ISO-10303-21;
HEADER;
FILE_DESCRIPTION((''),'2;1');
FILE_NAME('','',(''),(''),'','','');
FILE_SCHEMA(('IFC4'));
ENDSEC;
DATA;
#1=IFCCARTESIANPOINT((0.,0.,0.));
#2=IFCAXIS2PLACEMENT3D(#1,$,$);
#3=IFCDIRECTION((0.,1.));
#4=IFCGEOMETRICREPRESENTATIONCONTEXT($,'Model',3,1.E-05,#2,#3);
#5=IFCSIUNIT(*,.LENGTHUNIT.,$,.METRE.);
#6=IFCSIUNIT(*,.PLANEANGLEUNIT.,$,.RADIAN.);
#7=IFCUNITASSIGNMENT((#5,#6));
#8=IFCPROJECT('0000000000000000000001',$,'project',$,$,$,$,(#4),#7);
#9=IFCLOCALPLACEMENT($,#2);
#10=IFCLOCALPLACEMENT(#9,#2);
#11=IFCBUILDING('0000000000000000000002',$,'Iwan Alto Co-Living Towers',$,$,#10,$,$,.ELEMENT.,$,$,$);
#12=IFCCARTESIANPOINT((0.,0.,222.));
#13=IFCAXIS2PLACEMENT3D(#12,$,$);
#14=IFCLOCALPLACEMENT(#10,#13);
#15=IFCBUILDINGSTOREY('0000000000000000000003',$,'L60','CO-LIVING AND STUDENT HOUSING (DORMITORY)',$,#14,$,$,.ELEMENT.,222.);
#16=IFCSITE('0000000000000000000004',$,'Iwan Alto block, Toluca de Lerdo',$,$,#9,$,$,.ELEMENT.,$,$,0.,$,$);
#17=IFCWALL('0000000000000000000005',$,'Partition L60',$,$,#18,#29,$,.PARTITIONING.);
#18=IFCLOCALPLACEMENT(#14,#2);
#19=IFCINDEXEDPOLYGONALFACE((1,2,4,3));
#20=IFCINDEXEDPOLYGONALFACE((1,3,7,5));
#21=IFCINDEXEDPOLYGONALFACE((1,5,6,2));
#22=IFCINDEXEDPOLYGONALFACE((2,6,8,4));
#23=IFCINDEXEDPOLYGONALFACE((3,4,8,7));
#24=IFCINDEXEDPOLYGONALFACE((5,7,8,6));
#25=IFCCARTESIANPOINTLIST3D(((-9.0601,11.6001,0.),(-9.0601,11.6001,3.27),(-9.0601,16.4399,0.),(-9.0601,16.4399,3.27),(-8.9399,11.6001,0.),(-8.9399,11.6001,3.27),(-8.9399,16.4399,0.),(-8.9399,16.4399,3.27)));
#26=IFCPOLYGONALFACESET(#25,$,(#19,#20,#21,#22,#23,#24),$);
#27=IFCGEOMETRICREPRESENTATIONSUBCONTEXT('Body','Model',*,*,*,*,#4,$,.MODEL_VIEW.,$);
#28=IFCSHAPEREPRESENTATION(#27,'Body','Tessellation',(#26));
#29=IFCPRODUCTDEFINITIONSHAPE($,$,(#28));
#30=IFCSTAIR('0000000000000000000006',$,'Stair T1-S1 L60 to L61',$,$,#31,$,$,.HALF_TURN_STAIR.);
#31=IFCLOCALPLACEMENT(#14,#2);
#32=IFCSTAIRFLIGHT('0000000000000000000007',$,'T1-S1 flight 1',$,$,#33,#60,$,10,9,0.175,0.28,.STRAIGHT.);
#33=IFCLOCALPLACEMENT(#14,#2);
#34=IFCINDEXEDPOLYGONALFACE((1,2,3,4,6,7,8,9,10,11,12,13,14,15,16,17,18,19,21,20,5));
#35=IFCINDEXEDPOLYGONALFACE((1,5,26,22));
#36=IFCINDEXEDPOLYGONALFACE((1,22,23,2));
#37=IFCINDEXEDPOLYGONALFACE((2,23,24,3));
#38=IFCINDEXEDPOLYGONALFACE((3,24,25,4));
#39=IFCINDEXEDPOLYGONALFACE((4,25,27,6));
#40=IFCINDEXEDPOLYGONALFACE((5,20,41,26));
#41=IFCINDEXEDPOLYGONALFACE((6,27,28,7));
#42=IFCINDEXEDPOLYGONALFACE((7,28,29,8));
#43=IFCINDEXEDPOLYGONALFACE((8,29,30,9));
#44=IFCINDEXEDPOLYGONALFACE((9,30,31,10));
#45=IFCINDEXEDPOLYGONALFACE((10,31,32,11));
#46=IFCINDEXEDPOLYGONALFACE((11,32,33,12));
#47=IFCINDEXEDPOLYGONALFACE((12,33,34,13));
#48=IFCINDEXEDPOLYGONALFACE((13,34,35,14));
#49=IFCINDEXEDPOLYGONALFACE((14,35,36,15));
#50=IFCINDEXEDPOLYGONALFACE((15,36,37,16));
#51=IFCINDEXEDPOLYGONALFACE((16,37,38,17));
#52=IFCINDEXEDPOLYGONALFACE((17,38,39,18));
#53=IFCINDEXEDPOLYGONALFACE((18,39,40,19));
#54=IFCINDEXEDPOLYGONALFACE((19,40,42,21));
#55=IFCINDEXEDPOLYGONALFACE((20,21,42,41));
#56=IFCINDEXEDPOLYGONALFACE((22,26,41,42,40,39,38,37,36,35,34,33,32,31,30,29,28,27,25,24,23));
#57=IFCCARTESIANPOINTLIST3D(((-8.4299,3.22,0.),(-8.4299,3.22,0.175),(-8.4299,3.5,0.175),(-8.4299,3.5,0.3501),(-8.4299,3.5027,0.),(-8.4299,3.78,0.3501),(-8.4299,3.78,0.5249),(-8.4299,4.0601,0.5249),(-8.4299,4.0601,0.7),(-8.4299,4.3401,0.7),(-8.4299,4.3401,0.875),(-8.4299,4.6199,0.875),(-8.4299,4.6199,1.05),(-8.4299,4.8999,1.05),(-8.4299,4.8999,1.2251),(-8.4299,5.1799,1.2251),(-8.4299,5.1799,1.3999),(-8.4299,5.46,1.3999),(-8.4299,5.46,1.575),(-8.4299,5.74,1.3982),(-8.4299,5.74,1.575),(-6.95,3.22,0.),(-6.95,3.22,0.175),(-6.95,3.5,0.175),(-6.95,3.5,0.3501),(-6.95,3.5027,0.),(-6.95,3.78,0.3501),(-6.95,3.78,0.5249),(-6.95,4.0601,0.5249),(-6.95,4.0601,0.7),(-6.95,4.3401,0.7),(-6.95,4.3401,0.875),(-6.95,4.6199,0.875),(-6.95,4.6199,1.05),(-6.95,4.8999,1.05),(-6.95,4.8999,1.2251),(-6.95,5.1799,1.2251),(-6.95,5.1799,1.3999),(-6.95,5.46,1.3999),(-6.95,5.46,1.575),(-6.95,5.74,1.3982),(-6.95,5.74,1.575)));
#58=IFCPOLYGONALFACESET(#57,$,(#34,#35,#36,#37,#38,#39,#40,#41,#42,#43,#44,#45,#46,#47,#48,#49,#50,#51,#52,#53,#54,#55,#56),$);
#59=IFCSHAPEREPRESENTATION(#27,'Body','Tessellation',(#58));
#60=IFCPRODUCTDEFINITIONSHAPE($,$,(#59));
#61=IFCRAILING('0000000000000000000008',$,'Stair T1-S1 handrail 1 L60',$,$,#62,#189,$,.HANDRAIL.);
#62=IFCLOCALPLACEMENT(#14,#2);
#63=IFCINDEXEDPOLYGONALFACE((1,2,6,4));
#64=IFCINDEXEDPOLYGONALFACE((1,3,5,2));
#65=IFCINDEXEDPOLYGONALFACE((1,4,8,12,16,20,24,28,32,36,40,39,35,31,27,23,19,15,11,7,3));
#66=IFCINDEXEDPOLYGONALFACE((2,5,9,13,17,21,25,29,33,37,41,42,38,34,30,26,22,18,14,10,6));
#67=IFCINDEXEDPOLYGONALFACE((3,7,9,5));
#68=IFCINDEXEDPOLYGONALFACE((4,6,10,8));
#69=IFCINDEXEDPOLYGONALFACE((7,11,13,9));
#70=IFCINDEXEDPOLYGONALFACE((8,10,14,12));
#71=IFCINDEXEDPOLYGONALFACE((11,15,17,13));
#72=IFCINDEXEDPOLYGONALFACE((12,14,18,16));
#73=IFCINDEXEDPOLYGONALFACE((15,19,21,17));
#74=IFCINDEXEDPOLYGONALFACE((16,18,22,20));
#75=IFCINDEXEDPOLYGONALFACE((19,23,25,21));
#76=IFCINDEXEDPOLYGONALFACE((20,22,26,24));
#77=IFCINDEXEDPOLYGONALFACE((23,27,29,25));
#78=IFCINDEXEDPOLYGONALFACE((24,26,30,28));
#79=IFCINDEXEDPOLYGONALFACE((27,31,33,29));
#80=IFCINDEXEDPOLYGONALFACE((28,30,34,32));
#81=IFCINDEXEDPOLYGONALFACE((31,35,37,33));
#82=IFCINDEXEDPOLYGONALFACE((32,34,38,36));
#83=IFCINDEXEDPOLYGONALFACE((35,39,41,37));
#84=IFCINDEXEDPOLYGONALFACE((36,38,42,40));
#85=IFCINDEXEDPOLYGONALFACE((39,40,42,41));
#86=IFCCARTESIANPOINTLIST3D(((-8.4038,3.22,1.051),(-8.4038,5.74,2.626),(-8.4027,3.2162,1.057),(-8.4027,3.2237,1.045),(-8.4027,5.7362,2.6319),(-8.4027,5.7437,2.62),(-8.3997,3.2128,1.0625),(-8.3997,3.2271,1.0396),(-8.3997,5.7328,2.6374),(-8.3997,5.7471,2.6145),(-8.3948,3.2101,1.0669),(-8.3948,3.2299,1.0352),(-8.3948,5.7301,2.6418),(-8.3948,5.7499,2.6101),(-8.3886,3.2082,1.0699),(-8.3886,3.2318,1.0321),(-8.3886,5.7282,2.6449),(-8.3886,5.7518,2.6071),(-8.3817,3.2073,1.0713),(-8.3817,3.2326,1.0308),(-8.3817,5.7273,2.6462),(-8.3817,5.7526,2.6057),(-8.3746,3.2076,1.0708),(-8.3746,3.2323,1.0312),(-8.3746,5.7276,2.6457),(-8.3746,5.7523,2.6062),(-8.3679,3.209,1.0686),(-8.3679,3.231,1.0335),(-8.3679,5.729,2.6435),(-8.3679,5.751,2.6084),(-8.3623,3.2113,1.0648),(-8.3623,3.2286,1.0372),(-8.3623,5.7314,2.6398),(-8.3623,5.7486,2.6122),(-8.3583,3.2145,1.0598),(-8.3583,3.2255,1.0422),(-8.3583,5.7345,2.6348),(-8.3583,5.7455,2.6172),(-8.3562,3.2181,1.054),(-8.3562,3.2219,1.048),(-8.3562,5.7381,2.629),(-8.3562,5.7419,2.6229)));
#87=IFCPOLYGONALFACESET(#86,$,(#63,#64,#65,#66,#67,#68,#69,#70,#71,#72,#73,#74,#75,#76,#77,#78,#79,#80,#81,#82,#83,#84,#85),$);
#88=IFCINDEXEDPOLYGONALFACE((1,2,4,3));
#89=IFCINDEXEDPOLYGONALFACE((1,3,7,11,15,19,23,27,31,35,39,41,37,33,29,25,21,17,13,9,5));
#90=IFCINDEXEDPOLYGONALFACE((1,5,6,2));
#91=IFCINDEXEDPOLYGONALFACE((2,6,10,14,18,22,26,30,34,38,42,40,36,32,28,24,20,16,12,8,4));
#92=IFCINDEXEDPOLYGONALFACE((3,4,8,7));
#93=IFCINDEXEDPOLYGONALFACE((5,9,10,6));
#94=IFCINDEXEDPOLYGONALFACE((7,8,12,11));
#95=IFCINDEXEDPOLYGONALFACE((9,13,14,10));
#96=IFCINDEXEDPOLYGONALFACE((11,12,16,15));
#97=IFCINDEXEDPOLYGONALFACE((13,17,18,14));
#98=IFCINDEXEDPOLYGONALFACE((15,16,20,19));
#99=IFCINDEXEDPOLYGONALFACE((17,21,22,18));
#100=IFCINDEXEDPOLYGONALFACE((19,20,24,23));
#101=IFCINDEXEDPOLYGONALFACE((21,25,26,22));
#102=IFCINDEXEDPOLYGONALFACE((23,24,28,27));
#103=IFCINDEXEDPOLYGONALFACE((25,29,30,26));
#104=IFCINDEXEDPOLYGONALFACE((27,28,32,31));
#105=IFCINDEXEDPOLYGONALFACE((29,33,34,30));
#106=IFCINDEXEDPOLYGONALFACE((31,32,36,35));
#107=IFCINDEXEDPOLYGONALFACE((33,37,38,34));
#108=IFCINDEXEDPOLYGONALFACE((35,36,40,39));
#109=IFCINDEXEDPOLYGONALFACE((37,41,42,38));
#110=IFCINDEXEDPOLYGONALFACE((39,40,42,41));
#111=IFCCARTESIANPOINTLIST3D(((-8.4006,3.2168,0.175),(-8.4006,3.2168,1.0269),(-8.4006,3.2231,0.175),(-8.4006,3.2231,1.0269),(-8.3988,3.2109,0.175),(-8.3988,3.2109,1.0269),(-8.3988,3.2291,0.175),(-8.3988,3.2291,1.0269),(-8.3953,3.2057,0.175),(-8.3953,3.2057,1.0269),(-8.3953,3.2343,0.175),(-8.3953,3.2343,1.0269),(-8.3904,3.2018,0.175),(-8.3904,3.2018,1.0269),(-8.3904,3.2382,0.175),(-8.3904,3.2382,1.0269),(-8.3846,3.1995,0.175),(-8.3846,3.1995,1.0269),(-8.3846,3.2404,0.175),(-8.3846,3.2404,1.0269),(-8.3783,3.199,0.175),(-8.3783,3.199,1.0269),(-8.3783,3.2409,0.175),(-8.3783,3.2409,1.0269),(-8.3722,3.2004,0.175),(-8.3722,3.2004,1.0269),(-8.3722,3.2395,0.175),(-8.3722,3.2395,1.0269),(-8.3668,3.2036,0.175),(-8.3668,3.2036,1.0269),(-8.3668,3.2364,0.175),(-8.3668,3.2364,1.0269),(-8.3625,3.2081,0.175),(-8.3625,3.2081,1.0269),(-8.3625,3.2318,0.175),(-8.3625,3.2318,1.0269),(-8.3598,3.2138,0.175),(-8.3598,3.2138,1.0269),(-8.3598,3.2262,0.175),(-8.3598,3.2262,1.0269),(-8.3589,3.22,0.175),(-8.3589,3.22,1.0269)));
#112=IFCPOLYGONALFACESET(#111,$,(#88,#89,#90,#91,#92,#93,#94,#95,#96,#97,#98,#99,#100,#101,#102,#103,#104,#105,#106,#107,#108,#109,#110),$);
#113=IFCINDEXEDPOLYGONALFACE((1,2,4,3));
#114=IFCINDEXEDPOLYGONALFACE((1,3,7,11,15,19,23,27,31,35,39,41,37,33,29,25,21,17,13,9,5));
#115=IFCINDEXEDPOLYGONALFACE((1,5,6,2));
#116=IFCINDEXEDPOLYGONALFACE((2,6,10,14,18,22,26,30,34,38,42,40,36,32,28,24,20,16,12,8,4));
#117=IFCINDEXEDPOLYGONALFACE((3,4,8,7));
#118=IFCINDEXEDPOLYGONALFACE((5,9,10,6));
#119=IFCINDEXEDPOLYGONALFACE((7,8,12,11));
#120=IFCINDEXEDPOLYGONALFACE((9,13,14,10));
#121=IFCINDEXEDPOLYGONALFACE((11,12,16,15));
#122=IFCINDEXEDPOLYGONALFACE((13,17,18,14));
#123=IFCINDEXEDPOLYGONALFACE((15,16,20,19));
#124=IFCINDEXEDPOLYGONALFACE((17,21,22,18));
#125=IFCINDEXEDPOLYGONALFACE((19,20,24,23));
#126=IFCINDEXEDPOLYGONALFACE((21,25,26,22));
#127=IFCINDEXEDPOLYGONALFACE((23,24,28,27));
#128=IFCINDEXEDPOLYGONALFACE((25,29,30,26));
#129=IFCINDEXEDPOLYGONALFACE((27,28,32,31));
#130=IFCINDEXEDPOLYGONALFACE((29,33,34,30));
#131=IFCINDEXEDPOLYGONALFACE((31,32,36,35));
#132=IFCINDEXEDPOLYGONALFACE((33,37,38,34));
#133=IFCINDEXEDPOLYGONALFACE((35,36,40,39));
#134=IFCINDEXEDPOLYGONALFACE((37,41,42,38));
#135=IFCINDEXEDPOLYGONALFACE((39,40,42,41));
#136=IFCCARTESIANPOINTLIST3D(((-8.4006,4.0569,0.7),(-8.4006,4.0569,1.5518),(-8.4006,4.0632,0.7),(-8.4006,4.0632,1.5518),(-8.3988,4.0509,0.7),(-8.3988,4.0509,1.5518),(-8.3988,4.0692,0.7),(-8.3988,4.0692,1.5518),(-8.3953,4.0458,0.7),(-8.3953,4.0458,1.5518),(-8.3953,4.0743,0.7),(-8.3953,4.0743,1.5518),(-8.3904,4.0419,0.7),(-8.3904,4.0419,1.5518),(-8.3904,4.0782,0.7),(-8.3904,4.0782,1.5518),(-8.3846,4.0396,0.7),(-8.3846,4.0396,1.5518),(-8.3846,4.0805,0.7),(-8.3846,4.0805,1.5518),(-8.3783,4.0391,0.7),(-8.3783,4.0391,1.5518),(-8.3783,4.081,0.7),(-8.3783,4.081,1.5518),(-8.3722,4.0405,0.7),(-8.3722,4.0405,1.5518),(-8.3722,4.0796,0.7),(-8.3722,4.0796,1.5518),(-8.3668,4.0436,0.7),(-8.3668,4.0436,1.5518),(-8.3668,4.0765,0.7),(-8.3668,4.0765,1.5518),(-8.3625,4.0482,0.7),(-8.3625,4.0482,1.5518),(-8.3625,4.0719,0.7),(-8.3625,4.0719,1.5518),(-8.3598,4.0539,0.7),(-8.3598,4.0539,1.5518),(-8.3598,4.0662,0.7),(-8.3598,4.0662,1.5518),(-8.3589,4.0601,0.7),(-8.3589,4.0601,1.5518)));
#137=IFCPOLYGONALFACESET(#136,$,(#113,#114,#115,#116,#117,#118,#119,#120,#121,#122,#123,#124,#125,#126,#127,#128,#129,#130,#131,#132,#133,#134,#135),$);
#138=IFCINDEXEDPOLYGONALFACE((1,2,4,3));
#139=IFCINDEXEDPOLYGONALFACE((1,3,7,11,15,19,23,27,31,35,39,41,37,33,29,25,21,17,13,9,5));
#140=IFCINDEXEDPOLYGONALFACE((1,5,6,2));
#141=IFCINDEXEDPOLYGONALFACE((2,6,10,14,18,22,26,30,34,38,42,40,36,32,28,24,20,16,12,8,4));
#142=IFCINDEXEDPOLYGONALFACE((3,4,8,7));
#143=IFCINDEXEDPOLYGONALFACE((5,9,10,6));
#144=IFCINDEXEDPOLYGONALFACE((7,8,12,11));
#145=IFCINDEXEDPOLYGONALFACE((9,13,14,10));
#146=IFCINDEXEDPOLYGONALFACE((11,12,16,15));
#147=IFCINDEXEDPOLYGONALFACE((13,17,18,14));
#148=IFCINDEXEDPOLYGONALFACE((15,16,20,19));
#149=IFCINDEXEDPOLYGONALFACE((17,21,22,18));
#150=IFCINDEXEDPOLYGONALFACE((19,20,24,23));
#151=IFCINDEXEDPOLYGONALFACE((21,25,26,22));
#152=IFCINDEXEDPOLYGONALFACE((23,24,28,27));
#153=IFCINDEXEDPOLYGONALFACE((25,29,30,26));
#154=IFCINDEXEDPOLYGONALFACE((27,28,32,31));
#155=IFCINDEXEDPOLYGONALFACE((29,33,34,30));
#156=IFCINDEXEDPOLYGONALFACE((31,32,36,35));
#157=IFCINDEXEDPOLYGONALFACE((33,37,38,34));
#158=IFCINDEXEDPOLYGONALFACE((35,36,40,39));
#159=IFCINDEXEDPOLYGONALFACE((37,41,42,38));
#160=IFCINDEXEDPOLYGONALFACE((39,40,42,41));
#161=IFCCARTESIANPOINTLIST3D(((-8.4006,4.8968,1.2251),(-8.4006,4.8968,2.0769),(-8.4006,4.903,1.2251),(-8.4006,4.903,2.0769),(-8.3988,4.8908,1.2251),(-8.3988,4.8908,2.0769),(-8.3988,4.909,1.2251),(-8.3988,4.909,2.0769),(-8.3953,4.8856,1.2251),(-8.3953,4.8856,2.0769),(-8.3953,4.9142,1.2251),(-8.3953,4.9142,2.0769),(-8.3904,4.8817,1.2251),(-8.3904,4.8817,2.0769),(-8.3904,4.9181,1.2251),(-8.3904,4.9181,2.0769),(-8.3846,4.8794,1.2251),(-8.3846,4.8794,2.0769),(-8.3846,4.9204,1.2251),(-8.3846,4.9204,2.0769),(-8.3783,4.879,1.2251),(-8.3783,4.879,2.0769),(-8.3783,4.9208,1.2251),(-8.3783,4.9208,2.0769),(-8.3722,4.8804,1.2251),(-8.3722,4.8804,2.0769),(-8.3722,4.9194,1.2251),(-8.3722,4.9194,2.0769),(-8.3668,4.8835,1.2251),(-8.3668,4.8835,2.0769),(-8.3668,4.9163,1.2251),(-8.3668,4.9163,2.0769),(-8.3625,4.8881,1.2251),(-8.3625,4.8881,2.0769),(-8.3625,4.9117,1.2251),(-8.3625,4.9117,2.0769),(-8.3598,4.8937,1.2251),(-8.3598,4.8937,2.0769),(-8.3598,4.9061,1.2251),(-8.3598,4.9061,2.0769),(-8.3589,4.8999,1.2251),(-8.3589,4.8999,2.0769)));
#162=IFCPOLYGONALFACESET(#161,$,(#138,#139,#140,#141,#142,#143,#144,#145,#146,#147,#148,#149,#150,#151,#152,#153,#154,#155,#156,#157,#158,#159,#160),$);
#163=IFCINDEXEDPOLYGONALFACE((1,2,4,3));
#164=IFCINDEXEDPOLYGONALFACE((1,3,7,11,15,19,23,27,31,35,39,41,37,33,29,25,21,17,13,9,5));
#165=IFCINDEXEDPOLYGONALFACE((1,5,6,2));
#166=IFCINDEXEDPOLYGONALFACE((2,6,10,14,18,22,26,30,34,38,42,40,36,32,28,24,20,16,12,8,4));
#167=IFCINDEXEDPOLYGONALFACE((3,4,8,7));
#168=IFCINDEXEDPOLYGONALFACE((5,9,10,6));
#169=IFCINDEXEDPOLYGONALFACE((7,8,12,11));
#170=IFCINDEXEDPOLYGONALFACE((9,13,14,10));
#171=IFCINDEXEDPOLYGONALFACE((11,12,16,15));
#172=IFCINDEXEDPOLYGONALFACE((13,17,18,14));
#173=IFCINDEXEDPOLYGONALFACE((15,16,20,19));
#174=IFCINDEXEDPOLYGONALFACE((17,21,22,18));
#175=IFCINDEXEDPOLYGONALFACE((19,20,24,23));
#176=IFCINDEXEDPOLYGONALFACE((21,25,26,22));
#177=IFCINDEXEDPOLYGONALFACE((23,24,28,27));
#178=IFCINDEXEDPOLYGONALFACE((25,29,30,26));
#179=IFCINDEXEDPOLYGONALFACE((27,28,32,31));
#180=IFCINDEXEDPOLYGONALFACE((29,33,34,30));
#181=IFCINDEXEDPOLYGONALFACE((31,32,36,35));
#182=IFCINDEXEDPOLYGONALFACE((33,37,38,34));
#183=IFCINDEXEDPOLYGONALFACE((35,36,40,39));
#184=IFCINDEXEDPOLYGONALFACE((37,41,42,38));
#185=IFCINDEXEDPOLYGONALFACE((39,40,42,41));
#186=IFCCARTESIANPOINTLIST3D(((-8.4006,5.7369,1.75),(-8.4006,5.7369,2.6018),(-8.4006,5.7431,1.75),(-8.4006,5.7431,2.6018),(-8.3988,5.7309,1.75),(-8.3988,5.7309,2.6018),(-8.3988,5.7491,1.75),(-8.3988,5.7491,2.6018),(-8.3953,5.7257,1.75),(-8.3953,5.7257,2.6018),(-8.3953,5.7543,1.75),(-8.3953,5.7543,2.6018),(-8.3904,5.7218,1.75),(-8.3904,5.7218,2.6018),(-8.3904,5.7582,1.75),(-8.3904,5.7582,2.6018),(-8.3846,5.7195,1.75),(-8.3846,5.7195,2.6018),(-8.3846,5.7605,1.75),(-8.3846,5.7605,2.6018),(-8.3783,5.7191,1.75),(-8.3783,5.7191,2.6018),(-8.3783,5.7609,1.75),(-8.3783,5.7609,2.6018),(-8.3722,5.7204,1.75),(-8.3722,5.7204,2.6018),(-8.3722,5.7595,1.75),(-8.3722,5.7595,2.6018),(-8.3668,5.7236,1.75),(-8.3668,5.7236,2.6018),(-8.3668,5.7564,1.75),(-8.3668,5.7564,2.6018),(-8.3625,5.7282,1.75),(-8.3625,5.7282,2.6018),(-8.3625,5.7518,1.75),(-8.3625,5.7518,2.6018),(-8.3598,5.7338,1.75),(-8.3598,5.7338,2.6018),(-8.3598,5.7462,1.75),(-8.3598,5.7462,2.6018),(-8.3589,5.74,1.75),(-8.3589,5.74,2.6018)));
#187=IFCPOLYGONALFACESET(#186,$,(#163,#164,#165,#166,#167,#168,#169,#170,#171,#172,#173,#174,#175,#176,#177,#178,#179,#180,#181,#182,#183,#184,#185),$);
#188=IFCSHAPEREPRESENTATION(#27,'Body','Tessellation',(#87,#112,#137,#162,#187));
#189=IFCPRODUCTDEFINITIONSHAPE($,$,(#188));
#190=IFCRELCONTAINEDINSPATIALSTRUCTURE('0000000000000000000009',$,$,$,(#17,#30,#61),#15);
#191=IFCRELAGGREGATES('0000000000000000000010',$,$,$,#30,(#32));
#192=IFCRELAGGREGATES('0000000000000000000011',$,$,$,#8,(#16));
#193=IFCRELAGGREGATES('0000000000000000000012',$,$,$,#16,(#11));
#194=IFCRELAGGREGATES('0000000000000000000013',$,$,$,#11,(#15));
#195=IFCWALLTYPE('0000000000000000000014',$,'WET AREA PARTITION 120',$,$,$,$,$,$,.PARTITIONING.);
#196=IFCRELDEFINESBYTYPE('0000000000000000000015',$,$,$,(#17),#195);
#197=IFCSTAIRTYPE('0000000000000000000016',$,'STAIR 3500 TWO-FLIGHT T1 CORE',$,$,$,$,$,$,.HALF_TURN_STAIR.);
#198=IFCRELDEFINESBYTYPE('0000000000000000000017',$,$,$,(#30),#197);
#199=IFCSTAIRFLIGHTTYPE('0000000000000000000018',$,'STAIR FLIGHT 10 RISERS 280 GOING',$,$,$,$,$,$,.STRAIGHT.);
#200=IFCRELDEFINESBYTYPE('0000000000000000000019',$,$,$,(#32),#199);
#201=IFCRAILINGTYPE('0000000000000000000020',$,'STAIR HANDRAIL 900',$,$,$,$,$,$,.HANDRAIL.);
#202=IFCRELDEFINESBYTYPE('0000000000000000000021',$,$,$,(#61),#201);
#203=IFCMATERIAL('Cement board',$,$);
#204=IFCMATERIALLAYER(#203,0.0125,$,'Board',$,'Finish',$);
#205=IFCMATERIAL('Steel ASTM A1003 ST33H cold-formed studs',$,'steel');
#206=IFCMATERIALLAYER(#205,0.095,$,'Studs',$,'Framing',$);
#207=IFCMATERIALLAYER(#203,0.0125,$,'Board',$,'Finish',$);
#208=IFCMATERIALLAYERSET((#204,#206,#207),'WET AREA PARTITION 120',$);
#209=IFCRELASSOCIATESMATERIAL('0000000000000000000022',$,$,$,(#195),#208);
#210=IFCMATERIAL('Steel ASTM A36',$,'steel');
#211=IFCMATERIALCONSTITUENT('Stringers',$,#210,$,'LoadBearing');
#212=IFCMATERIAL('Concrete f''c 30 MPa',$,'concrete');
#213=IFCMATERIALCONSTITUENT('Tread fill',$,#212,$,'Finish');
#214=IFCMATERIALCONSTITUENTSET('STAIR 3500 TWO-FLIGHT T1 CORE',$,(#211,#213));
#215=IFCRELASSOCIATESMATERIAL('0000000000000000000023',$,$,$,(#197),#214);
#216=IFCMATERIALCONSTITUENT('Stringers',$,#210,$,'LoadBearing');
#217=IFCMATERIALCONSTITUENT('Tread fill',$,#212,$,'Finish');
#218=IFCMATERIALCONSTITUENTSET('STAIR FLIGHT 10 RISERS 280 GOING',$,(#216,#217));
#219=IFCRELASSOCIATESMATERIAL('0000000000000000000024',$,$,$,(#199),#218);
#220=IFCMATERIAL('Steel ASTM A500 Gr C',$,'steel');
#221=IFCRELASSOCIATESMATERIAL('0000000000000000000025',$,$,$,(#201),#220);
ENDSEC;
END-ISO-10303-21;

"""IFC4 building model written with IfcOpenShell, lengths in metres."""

from ifc_helpers import new_model, si_unit, direction, frame, frame_2d, origin, origin_2d, place, context, subcontext, project, spatial, polyline, rectangle, circle, outline, extrude, material, layer, layer_set, constituent, constituent_set, type_object, element, aggregate, save


model = new_model("IFC4")

# Units and contexts
model_context = context("Model", 3, precision=1e-05, world=origin(), true_north=direction((0.0, 1.0)))
body_context = subcontext(model_context, "Body", "Model", "MODEL_VIEW")
ifc_project = project(units=[si_unit("LENGTHUNIT", "METRE"), si_unit("PLANEANGLEUNIT", "RADIAN")], contexts=[model_context])

# Site, building, storey
site_placement = place(None, origin())
site = spatial("IfcSite", under=ifc_project, at=site_placement, Name="Iwan Alto block, Toluca de Lerdo", CompositionType="ELEMENT", RefElevation=0.0)
building_placement = place(site_placement, origin())
building = spatial("IfcBuilding", under=site, at=building_placement, Name="Iwan Alto Co-Living Towers", CompositionType="ELEMENT")
storey_placement = place(building_placement, frame((0.0, 0.0, 222.0)))
storey = spatial("IfcBuildingStorey", under=building, at=storey_placement, Name="L60", Description="CO-LIVING AND STUDENT HOUSING (DORMITORY)", CompositionType="ELEMENT", Elevation=222.0)

# Shared definitions
ifc_material_1 = material(Name="Steel ASTM A1003 ST33H cold-formed studs", Category="steel")

# Wall
ifc_material_2 = material(Name="Cement board")
ifc_layer_1 = layer(ifc_material_2, 0.0125, Name="Board", Category="Finish")
ifc_layer_2 = layer(ifc_material_1, 0.095, Name="Studs", Category="Framing")
ifc_layer_3 = layer(ifc_material_2, 0.0125, Name="Board", Category="Finish")
ifc_layer_set_1 = layer_set([ifc_layer_1, ifc_layer_2, ifc_layer_3], Name="WET AREA PARTITION 120")
wall_type_1 = type_object("IfcWallType", Name="WET AREA PARTITION 120", PredefinedType="PARTITIONING", material=ifc_layer_set_1)
wall_1_placement = place(storey_placement, frame((-9.0, 11.6001, 0.0), z_axis=(0.0, 0.0, 1.0), x_axis=(0.0, 1.0, 0.0)))
element("IfcWall", 1, at=wall_1_placement, inside=storey, type_object=wall_type_1, Name="Partition L60", PredefinedType="PARTITIONING", context=body_context, shape_type="SweptSolid", body=[
    extrude(rectangle(XDim=4.8398, YDim=0.1201, at=frame_2d((2.4199, 0.0))), origin(), (0.0, 0.0, 1.0), 3.27),
])

# Stair, stair flight
ifc_material_3 = material(Name="Steel ASTM A36", Category="steel")
ifc_constituent_1 = constituent(ifc_material_3, Name="Stringers", Category="LoadBearing")
ifc_material_4 = material(Name="Concrete f'c 30 MPa", Category="concrete")
ifc_constituent_2 = constituent(ifc_material_4, Name="Tread fill", Category="Finish")
ifc_constituent_set_1 = constituent_set(constituents=[ifc_constituent_1, ifc_constituent_2], Name="STAIR 3500 TWO-FLIGHT T1 CORE")
stair_type = type_object("IfcStairType", Name="STAIR 3500 TWO-FLIGHT T1 CORE", PredefinedType="HALF_TURN_STAIR", material=ifc_constituent_set_1)
stair_placement = place(storey_placement, origin())
stair = element("IfcStair", 2, at=stair_placement, inside=storey, type_object=stair_type, Name="Stair T1-S1 L60 to L61", PredefinedType="HALF_TURN_STAIR")
ifc_constituent_3 = constituent(ifc_material_3, Name="Stringers", Category="LoadBearing")
ifc_constituent_4 = constituent(ifc_material_4, Name="Tread fill", Category="Finish")
ifc_constituent_set_2 = constituent_set(constituents=[ifc_constituent_3, ifc_constituent_4], Name="STAIR FLIGHT 10 RISERS 280 GOING")
stair_flight_type = type_object("IfcStairFlightType", Name="STAIR FLIGHT 10 RISERS 280 GOING", PredefinedType="STRAIGHT", material=ifc_constituent_set_2)
stair_flight_placement = place(storey_placement, frame((-7.6899, 3.22, 0.0), z_axis=(0.0, 0.0, 1.0), x_axis=(0.0, 1.0, 0.0)))
stair_flight = element("IfcStairFlight", 3, at=stair_flight_placement, type_object=stair_flight_type, Name="T1-S1 flight 1", NumberOfRisers=10, NumberOfTreads=9, PredefinedType="STRAIGHT", RiserHeight=0.175, TreadLength=0.28, context=body_context, shape_type="SweptSolid", body=[
    extrude(outline(polyline([(0.0, 0.0), (0.0, 0.175), (0.28, 0.175), (0.28, 0.3501), (0.5601, 0.3501), (0.5601, 0.5249), (0.8401, 0.5249), (0.8401, 0.7), (1.1201, 0.7), (1.1201, 0.875), (1.3999, 0.875), (1.3999, 1.05), (1.6799, 1.05), (1.6799, 1.2251), (1.96, 1.2251), (1.96, 1.3999), (2.24, 1.3999), (2.24, 1.575), (2.52, 1.575), (2.52, 1.75), (2.52, 1.3982), (0.2827, 0.0), (0.0, 0.0)])), frame((0.0, 0.74, 0.0), z_axis=(0.0, -1.0, 0.0), x_axis=(1.0, 0.0, 0.0)), (0.0, 0.0, 1.0), 1.48),
])
aggregate(stair, [stair_flight])

# Railing
ifc_material_5 = material(Name="Steel ASTM A500 Gr C", Category="steel")
railing_type_1 = type_object("IfcRailingType", Name="STAIR HANDRAIL 900", PredefinedType="HANDRAIL", material=ifc_material_5)
railing_1_placement = place(storey_placement, frame((-8.3799, 3.22, 0.175)))
element("IfcRailing", 4, at=railing_1_placement, inside=storey, type_object=railing_type_1, Name="Stair T1-S1 handrail 1 L60", PredefinedType="HANDRAIL", context=body_context, shape_type="SweptSolid", body=[
    extrude(circle(Radius=0.0239, at=origin_2d()), frame((0.0, 0.0, 0.876), z_axis=(0.0, 0.848008, 0.529984), x_axis=(-1.0, 0.0, 0.0)), (0.0, 0.0, 1.0), 2.9717),
    extrude(circle(Radius=0.021, at=origin_2d()), origin(), (0.0, 0.0, 1.0), 0.8518),
    extrude(circle(Radius=0.021, at=origin_2d()), frame((0.0, 0.8401, 0.5249)), (0.0, 0.0, 1.0), 0.8518),
    extrude(circle(Radius=0.021, at=origin_2d()), frame((0.0, 1.6799, 1.05)), (0.0, 0.0, 1.0), 0.8518),
    extrude(circle(Radius=0.021, at=origin_2d()), frame((0.0, 2.52, 1.575)), (0.0, 0.0, 1.0), 0.8518),
])

save(model, "model.ifc")
